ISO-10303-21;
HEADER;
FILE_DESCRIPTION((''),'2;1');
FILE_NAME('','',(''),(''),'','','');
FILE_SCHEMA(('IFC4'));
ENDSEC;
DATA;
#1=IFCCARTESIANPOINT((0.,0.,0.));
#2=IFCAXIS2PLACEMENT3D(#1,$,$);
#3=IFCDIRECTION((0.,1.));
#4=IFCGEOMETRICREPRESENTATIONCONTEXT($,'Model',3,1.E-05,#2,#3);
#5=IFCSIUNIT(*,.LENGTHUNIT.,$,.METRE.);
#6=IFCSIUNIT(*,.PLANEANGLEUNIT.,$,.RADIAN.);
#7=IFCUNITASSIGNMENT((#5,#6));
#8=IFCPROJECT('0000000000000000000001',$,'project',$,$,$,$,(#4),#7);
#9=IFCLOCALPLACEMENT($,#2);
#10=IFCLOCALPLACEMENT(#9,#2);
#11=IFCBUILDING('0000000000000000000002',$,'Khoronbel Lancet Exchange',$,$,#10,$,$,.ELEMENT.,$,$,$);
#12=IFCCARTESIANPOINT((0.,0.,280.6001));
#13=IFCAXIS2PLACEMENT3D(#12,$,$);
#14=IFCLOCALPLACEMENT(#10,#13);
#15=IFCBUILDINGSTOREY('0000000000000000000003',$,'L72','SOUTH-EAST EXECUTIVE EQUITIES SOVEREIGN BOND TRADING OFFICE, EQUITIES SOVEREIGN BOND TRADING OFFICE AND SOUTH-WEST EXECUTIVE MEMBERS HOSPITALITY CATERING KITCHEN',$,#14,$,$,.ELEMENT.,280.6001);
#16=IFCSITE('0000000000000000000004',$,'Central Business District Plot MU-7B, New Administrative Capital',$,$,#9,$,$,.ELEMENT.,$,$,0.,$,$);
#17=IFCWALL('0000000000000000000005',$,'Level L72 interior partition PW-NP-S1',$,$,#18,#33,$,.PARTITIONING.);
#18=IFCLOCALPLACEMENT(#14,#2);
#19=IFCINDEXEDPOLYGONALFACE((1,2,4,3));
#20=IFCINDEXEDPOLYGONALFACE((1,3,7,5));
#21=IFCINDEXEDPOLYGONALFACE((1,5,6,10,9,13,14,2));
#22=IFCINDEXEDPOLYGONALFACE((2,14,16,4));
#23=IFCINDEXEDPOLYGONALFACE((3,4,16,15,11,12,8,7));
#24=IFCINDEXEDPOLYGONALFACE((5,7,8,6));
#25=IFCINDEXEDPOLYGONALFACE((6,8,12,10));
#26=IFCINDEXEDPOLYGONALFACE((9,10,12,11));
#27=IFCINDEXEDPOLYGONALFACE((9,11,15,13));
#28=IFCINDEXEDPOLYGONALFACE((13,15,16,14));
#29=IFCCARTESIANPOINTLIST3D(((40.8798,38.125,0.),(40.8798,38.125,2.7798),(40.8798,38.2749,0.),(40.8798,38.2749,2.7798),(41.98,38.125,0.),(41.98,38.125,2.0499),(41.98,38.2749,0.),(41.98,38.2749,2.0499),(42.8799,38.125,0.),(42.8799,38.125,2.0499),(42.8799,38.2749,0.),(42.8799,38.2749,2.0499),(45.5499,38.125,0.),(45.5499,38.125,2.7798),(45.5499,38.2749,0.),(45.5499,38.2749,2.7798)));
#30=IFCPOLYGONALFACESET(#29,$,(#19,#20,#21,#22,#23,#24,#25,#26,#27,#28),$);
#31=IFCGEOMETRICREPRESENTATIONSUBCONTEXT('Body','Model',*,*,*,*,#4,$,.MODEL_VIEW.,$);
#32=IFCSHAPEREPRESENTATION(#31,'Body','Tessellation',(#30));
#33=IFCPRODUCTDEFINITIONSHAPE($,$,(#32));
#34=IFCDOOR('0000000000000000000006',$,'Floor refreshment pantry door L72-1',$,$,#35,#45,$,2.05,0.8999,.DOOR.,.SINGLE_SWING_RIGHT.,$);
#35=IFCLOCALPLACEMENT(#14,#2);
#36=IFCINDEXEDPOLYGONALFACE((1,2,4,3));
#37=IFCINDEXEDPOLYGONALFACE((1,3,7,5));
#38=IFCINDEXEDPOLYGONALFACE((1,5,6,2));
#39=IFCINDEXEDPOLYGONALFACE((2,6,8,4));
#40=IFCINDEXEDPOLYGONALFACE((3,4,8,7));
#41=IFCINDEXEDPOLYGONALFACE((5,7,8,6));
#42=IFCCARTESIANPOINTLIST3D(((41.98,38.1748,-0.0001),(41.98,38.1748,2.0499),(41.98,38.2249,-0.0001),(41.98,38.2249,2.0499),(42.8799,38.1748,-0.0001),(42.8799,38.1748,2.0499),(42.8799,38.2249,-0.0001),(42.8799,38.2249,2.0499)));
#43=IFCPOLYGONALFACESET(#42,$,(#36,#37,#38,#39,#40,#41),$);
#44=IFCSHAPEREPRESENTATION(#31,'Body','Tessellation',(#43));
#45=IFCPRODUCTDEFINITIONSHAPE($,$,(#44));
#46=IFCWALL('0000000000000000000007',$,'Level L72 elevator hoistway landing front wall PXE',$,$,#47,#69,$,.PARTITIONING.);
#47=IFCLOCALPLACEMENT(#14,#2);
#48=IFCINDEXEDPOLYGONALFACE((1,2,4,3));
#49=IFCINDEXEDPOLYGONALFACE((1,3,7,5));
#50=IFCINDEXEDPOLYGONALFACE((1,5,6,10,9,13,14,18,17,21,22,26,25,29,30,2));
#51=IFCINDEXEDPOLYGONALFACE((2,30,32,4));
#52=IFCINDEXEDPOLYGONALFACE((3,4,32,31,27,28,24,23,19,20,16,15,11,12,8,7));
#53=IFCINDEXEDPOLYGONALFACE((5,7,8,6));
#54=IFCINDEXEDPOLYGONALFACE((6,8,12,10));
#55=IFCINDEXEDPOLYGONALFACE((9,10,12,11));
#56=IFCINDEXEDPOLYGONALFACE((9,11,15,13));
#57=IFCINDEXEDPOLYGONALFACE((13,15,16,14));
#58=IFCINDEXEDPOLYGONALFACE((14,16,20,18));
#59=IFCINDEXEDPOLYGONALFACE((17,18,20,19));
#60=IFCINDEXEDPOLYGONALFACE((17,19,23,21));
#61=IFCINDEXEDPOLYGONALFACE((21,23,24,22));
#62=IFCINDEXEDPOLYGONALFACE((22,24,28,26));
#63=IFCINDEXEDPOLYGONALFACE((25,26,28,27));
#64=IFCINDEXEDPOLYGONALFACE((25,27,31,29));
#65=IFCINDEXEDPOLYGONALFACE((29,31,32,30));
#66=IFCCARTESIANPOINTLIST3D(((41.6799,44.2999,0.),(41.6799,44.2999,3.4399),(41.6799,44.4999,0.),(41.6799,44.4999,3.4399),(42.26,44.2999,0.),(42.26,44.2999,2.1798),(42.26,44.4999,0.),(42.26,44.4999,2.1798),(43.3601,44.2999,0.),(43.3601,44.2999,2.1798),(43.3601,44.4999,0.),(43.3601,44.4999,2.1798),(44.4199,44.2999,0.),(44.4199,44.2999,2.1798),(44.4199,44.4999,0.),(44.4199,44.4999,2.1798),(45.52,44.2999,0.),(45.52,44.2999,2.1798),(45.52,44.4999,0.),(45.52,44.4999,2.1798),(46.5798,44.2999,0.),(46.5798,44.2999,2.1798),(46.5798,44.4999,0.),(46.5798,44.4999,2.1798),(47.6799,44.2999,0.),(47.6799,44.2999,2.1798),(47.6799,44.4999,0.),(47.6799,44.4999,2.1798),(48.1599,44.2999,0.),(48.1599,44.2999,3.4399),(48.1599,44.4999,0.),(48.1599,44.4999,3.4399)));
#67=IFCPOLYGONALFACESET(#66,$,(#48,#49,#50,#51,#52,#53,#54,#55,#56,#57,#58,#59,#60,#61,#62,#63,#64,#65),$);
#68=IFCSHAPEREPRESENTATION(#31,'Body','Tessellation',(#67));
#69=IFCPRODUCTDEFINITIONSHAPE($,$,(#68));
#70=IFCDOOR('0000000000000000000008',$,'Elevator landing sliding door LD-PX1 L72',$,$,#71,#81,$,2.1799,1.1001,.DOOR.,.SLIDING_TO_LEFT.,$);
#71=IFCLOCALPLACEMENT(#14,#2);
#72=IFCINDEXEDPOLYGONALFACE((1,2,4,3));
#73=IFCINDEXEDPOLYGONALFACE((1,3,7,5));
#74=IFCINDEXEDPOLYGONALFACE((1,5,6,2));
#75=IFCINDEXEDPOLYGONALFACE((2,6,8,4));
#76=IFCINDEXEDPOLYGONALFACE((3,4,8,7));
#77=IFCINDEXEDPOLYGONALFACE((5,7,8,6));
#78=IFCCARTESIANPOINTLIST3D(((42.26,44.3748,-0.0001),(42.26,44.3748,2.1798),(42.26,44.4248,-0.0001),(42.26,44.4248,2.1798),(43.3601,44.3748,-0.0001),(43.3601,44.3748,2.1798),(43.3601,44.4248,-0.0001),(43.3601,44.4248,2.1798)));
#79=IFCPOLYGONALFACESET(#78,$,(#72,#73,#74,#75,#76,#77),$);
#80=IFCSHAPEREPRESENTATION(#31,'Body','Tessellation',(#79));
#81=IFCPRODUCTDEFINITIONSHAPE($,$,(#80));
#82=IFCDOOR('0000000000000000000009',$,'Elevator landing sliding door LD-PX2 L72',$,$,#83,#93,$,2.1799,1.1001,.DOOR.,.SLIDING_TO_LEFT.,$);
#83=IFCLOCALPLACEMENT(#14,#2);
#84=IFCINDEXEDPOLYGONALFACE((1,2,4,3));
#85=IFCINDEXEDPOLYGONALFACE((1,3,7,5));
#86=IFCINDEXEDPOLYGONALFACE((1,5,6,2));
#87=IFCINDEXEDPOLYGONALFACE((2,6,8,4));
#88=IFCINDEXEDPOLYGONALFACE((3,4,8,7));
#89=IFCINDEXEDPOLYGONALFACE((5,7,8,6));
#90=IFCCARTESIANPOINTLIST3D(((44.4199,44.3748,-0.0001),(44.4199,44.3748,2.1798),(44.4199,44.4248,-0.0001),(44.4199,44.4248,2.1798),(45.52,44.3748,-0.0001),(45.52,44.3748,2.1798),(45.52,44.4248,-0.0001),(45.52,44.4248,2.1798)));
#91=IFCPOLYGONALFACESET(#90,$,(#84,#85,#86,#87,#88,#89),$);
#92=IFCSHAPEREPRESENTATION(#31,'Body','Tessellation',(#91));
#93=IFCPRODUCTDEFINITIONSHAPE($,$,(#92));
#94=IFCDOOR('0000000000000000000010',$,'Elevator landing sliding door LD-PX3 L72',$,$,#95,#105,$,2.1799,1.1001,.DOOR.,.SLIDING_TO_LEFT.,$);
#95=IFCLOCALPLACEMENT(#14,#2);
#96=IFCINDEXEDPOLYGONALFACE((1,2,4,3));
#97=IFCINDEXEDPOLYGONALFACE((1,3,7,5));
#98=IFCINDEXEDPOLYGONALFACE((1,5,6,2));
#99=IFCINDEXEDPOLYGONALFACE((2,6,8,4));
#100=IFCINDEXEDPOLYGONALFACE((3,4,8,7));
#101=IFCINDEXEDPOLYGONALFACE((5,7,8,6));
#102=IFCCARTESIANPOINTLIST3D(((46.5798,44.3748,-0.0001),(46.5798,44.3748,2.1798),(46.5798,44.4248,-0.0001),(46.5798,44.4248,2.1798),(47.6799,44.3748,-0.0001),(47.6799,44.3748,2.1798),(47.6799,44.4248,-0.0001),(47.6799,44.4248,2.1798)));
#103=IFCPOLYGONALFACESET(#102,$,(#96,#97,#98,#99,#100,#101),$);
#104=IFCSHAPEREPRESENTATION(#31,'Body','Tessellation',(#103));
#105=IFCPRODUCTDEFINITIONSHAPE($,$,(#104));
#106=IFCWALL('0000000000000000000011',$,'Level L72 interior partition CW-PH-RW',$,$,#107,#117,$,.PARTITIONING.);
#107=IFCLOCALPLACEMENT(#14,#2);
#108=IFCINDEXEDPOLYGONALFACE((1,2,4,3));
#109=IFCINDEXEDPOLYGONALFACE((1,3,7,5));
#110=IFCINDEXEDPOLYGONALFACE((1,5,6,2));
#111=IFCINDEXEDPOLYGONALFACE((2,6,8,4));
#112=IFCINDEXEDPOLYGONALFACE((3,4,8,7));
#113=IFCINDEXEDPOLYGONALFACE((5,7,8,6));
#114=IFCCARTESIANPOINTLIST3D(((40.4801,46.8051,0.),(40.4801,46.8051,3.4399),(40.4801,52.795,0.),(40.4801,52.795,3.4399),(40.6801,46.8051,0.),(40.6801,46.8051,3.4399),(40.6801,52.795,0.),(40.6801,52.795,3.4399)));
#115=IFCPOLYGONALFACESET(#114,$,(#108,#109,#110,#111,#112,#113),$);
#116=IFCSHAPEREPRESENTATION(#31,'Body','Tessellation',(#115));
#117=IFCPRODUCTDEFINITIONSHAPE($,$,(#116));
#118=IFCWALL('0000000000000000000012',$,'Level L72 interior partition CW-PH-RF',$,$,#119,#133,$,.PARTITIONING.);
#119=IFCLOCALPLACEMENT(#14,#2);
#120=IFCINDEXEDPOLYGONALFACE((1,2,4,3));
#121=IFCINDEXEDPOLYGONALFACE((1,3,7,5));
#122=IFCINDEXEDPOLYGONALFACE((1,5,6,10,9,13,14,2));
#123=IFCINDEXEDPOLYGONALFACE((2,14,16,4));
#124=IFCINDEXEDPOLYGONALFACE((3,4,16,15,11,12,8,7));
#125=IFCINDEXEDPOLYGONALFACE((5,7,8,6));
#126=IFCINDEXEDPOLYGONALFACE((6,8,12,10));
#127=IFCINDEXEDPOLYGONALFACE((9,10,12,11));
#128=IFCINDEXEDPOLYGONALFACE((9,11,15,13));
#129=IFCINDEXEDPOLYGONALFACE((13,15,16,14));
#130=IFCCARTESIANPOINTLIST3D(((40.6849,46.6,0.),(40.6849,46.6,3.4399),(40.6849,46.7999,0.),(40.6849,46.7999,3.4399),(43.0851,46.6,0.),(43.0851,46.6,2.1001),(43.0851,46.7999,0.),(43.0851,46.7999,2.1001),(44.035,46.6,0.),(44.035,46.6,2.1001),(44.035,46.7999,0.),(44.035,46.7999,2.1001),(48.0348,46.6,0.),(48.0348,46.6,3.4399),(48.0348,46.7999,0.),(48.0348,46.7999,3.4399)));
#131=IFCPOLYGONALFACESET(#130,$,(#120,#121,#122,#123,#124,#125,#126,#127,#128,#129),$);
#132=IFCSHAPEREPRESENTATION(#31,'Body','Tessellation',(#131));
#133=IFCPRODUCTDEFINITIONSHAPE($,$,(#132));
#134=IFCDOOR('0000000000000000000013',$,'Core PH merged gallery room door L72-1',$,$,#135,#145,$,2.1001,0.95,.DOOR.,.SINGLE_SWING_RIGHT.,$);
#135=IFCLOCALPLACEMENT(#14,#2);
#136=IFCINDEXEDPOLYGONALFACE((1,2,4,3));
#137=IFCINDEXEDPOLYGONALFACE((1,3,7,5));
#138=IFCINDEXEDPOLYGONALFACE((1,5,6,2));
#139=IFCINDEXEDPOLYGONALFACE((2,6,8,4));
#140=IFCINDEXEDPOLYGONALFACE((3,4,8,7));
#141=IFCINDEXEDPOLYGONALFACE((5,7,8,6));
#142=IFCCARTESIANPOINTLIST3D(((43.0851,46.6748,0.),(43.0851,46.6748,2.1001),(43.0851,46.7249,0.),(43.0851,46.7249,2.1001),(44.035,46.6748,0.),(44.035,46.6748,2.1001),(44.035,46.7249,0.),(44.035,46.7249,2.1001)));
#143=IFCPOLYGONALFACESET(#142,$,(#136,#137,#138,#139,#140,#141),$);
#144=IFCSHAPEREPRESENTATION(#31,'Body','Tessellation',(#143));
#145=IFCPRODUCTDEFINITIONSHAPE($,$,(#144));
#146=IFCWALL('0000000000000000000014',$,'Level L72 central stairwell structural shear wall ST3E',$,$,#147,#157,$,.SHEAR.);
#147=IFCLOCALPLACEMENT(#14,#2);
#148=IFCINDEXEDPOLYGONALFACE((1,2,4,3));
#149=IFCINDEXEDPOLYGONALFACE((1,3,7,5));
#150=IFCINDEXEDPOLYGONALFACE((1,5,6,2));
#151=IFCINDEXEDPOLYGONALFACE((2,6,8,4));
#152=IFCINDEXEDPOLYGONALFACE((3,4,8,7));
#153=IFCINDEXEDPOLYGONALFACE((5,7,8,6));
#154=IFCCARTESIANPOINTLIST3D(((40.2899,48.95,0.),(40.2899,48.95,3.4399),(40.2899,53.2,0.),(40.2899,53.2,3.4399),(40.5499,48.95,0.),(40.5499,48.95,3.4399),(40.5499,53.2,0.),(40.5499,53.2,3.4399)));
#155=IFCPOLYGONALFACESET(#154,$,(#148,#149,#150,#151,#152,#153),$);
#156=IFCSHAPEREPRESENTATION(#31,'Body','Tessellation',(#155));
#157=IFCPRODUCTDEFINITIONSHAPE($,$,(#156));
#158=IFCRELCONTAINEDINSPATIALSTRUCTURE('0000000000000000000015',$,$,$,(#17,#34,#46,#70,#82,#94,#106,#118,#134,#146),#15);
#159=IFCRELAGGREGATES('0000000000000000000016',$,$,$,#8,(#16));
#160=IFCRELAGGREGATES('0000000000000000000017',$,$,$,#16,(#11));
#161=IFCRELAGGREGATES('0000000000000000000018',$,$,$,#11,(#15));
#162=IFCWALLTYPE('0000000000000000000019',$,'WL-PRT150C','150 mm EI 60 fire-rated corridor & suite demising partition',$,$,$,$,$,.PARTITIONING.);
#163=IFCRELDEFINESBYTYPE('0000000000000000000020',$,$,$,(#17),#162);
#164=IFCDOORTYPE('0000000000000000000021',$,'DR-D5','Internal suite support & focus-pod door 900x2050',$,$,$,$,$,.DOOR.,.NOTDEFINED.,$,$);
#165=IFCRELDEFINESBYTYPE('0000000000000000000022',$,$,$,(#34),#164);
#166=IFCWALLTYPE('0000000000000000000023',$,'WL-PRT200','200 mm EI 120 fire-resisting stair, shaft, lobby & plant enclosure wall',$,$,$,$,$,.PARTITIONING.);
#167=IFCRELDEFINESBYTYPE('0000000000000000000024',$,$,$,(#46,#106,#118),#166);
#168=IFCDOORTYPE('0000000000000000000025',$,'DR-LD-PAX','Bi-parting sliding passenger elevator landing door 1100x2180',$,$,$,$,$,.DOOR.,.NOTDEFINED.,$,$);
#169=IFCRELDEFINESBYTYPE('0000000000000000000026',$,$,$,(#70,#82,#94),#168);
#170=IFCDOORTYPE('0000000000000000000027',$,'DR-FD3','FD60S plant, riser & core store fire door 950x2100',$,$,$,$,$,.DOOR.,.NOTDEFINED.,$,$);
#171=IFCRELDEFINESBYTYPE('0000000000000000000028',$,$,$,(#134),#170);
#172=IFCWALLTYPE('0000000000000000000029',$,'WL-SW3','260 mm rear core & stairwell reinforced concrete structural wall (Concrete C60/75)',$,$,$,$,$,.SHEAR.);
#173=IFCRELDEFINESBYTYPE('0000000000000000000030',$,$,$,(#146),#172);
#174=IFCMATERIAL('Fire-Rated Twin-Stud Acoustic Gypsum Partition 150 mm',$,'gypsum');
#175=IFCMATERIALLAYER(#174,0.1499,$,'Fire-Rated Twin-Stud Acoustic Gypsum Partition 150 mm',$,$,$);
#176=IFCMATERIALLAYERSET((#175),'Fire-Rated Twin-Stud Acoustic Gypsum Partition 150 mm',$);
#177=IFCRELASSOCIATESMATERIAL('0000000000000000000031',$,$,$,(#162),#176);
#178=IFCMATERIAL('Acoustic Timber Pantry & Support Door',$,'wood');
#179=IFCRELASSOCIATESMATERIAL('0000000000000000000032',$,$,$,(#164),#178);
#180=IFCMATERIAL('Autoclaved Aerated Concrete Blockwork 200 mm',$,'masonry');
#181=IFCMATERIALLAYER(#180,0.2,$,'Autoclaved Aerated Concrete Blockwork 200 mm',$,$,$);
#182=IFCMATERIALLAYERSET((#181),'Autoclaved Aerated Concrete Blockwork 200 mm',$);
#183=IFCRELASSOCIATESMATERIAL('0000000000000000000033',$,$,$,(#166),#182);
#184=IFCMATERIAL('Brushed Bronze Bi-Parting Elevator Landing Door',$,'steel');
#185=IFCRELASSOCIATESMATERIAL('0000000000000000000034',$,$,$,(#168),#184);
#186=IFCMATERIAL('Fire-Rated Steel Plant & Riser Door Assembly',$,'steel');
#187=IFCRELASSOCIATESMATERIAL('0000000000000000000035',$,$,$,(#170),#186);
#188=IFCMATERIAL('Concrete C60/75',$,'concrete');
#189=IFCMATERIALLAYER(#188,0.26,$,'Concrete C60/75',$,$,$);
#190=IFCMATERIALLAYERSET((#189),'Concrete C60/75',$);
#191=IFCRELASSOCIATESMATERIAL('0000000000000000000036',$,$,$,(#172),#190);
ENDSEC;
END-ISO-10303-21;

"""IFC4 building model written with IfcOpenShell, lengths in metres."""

from ifc_helpers import new_model, si_unit, direction, frame, frame_2d, origin, place, context, subcontext, project, spatial, rectangle, extrude, material, layer, layer_set, type_object, element, fill, save


model = new_model("IFC4")

# Units and contexts
model_context = context("Model", 3, precision=1e-05, world=origin(), true_north=direction((0.0, 1.0)))
body_context = subcontext(model_context, "Body", "Model", "MODEL_VIEW")
ifc_project = project(units=[si_unit("LENGTHUNIT", "METRE"), si_unit("PLANEANGLEUNIT", "RADIAN")], contexts=[model_context])

# Site, building, storey
site_placement = place(None, origin())
site = spatial("IfcSite", under=ifc_project, at=site_placement, Name="Central Business District Plot MU-7B, New Administrative Capital", CompositionType="ELEMENT", RefElevation=0.0)
building_placement = place(site_placement, origin())
building = spatial("IfcBuilding", under=site, at=building_placement, Name="Khoronbel Lancet Exchange", CompositionType="ELEMENT")
storey_placement = place(building_placement, frame((0.0, 0.0, 280.6001)))
storey = spatial("IfcBuildingStorey", under=building, at=storey_placement, Name="L72", Description="SOUTH-EAST EXECUTIVE EQUITIES SOVEREIGN BOND TRADING OFFICE, EQUITIES SOVEREIGN BOND TRADING OFFICE AND SOUTH-WEST EXECUTIVE MEMBERS HOSPITALITY CATERING KITCHEN", CompositionType="ELEMENT", Elevation=280.6001)

# Shared definitions
ifc_material_1 = material(Name="Concrete C60/75", Category="concrete")

# Wall, opening, door
ifc_material_2 = material(Name="Fire-Rated Twin-Stud Acoustic Gypsum Partition 150 mm", Category="gypsum")
ifc_layer_1 = layer(ifc_material_2, 0.1499, Name="Fire-Rated Twin-Stud Acoustic Gypsum Partition 150 mm")
ifc_layer_set_1 = layer_set([ifc_layer_1], Name="Fire-Rated Twin-Stud Acoustic Gypsum Partition 150 mm")
wall_type_1 = type_object("IfcWallType", Name="WL-PRT150C", Description="150 mm EI 60 fire-rated corridor & suite demising partition", PredefinedType="PARTITIONING", material=ifc_layer_set_1)
wall_1_placement = place(storey_placement, frame((40.8799, 38.2, 0.0), z_axis=(0.0, 0.0, 1.0), x_axis=(1.0, 0.0, 0.0)))
wall_1 = element("IfcWall", 1, at=wall_1_placement, inside=storey, type_object=wall_type_1, Name="Level L72 interior partition PW-NP-S1", PredefinedType="PARTITIONING", context=body_context, shape_type="SweptSolid", body=[
    extrude(rectangle(XDim=4.6702, YDim=0.1499, at=frame_2d((2.335, 0.0))), origin(), (0.0, 0.0, 1.0), 2.7798),
])
opening_1_placement = place(wall_1_placement, frame((1.1001, 0.0, 0.0)))
opening_1 = element("IfcOpeningElement", 2, at=opening_1_placement, cuts=wall_1, PredefinedType="OPENING", context=body_context, shape_type="SweptSolid", body=[
    extrude(rectangle(XDim=0.8999, YDim=2.05, at=frame_2d((0.45, 1.0249))), frame((0.0, 0.085, 0.0), z_axis=(0.0, -1.0, 0.0), x_axis=(1.0, 0.0, 0.0)), (0.0, 0.0, 1.0), 0.1699),
])
ifc_material_3 = material(Name="Acoustic Timber Pantry & Support Door", Category="wood")
door_type_1 = type_object("IfcDoorType", Name="DR-D5", Description="Internal suite support & focus-pod door 900x2050", OperationType="NOTDEFINED", PredefinedType="DOOR", material=ifc_material_3)
door_1_placement = place(opening_1_placement, origin())
door_1 = element("IfcDoor", 3, at=door_1_placement, inside=storey, type_object=door_type_1, Name="Floor refreshment pantry door L72-1", OperationType="SINGLE_SWING_RIGHT", OverallHeight=2.05, OverallWidth=0.8999, PredefinedType="DOOR", context=body_context, shape_type="SweptSolid", body=[
    extrude(rectangle(XDim=0.8999, YDim=2.05, at=frame_2d((0.45, 1.0249))), frame((0.0, 0.0249, 0.0), z_axis=(0.0, -1.0, 0.0), x_axis=(1.0, 0.0, 0.0)), (0.0, 0.0, 1.0), 0.05),
])
fill(opening_1, door_1)

# Wall, openings, doors
ifc_material_4 = material(Name="Autoclaved Aerated Concrete Blockwork 200 mm", Category="masonry")
ifc_layer_2 = layer(ifc_material_4, 0.2, Name="Autoclaved Aerated Concrete Blockwork 200 mm")
ifc_layer_set_2 = layer_set([ifc_layer_2], Name="Autoclaved Aerated Concrete Blockwork 200 mm")
wall_type_2 = type_object("IfcWallType", Name="WL-PRT200", Description="200 mm EI 120 fire-resisting stair, shaft, lobby & plant enclosure wall", PredefinedType="PARTITIONING", material=ifc_layer_set_2)
wall_2_placement = place(storey_placement, frame((41.6799, 44.3999, 0.0), z_axis=(0.0, 0.0, 1.0), x_axis=(1.0, 0.0, 0.0)))
wall_2 = element("IfcWall", 4, at=wall_2_placement, inside=storey, type_object=wall_type_2, Name="Level L72 elevator hoistway landing front wall PXE", PredefinedType="PARTITIONING", context=body_context, shape_type="SweptSolid", body=[
    extrude(rectangle(XDim=6.48, YDim=0.2, at=frame_2d((3.24, 0.0))), origin(), (0.0, 0.0, 1.0), 3.4399),
])
opening_2_placement = place(wall_2_placement, frame((0.5801, 0.0, 0.0)))
opening_2 = element("IfcOpeningElement", 5, at=opening_2_placement, cuts=wall_2, PredefinedType="OPENING", context=body_context, shape_type="SweptSolid", body=[
    extrude(rectangle(XDim=1.1001, YDim=2.1799, at=frame_2d((0.55, 1.0898))), frame((0.0, 0.1099, 0.0), z_axis=(0.0, -1.0, 0.0), x_axis=(1.0, 0.0, 0.0)), (0.0, 0.0, 1.0), 0.22),
])
opening_3_placement = place(wall_2_placement, frame((2.74, 0.0, 0.0)))
opening_3 = element("IfcOpeningElement", 6, at=opening_3_placement, cuts=wall_2, PredefinedType="OPENING", context=body_context, shape_type="SweptSolid", body=[
    extrude(rectangle(XDim=1.1001, YDim=2.1799, at=frame_2d((0.55, 1.0898))), frame((0.0, 0.1099, 0.0), z_axis=(0.0, -1.0, 0.0), x_axis=(1.0, 0.0, 0.0)), (0.0, 0.0, 1.0), 0.22),
])
opening_4_placement = place(wall_2_placement, frame((4.8999, 0.0, 0.0)))
opening_4 = element("IfcOpeningElement", 7, at=opening_4_placement, cuts=wall_2, PredefinedType="OPENING", context=body_context, shape_type="SweptSolid", body=[
    extrude(rectangle(XDim=1.1001, YDim=2.1799, at=frame_2d((0.55, 1.0898))), frame((0.0, 0.1099, 0.0), z_axis=(0.0, -1.0, 0.0), x_axis=(1.0, 0.0, 0.0)), (0.0, 0.0, 1.0), 0.22),
])
ifc_material_5 = material(Name="Brushed Bronze Bi-Parting Elevator Landing Door", Category="steel")
door_type_2 = type_object("IfcDoorType", Name="DR-LD-PAX", Description="Bi-parting sliding passenger elevator landing door 1100x2180", OperationType="NOTDEFINED", PredefinedType="DOOR", material=ifc_material_5)
door_2_placement = place(opening_2_placement, origin())
door_2 = element("IfcDoor", 8, at=door_2_placement, inside=storey, type_object=door_type_2, Name="Elevator landing sliding door LD-PX1 L72", OperationType="SLIDING_TO_LEFT", OverallHeight=2.1799, OverallWidth=1.1001, PredefinedType="DOOR", context=body_context, shape_type="SweptSolid", body=[
    extrude(rectangle(XDim=1.1001, YDim=2.1799, at=frame_2d((0.55, 1.0898))), frame((0.0, 0.0249, 0.0), z_axis=(0.0, -1.0, 0.0), x_axis=(1.0, 0.0, 0.0)), (0.0, 0.0, 1.0), 0.05),
])
fill(opening_2, door_2)
door_3_placement = place(opening_3_placement, origin())
door_3 = element("IfcDoor", 9, at=door_3_placement, inside=storey, type_object=door_type_2, Name="Elevator landing sliding door LD-PX2 L72", OperationType="SLIDING_TO_LEFT", OverallHeight=2.1799, OverallWidth=1.1001, PredefinedType="DOOR", context=body_context, shape_type="SweptSolid", body=[
    extrude(rectangle(XDim=1.1001, YDim=2.1799, at=frame_2d((0.55, 1.0898))), frame((0.0, 0.0249, 0.0), z_axis=(0.0, -1.0, 0.0), x_axis=(1.0, 0.0, 0.0)), (0.0, 0.0, 1.0), 0.05),
])
fill(opening_3, door_3)
door_4_placement = place(opening_4_placement, origin())
door_4 = element("IfcDoor", 10, at=door_4_placement, inside=storey, type_object=door_type_2, Name="Elevator landing sliding door LD-PX3 L72", OperationType="SLIDING_TO_LEFT", OverallHeight=2.1799, OverallWidth=1.1001, PredefinedType="DOOR", context=body_context, shape_type="SweptSolid", body=[
    extrude(rectangle(XDim=1.1001, YDim=2.1799, at=frame_2d((0.55, 1.0898))), frame((0.0, 0.0249, 0.0), z_axis=(0.0, -1.0, 0.0), x_axis=(1.0, 0.0, 0.0)), (0.0, 0.0, 1.0), 0.05),
])
fill(opening_4, door_4)

# Wall
wall_3_placement = place(storey_placement, frame((40.5801, 46.8049, 0.0), z_axis=(0.0, 0.0, 1.0), x_axis=(0.0, 1.0, 0.0)))
element("IfcWall", 11, at=wall_3_placement, inside=storey, type_object=wall_type_2, Name="Level L72 interior partition CW-PH-RW", PredefinedType="PARTITIONING", context=body_context, shape_type="SweptSolid", body=[
    extrude(rectangle(XDim=5.99, YDim=0.2, at=frame_2d((2.9951, 0.0))), origin(), (0.0, 0.0, 1.0), 3.4399),
])

# Wall, opening, door
wall_4_placement = place(storey_placement, frame((40.6851, 46.7, 0.0), z_axis=(0.0, 0.0, 1.0), x_axis=(1.0, 0.0, 0.0)))
wall_4 = element("IfcWall", 12, at=wall_4_placement, inside=storey, type_object=wall_type_2, Name="Level L72 interior partition CW-PH-RF", PredefinedType="PARTITIONING", context=body_context, shape_type="SweptSolid", body=[
    extrude(rectangle(XDim=7.3499, YDim=0.2, at=frame_2d((3.6748, 0.0))), origin(), (0.0, 0.0, 1.0), 3.4399),
])
opening_5_placement = place(wall_4_placement, frame((2.3999, 0.0, 0.0)))
opening_5 = element("IfcOpeningElement", 13, at=opening_5_placement, cuts=wall_4, PredefinedType="OPENING", context=body_context, shape_type="SweptSolid", body=[
    extrude(rectangle(XDim=0.95, YDim=2.1001, at=frame_2d((0.4751, 1.05))), frame((0.0, 0.1099, 0.0), z_axis=(0.0, -1.0, 0.0), x_axis=(1.0, 0.0, 0.0)), (0.0, 0.0, 1.0), 0.22),
])
ifc_material_6 = material(Name="Fire-Rated Steel Plant & Riser Door Assembly", Category="steel")
door_type_3 = type_object("IfcDoorType", Name="DR-FD3", Description="FD60S plant, riser & core store fire door 950x2100", OperationType="NOTDEFINED", PredefinedType="DOOR", material=ifc_material_6)
door_5_placement = place(opening_5_placement, origin())
door_5 = element("IfcDoor", 14, at=door_5_placement, inside=storey, type_object=door_type_3, Name="Core PH merged gallery room door L72-1", OperationType="SINGLE_SWING_RIGHT", OverallHeight=2.1001, OverallWidth=0.95, PredefinedType="DOOR", context=body_context, shape_type="SweptSolid", body=[
    extrude(rectangle(XDim=0.95, YDim=2.1001, at=frame_2d((0.4751, 1.05))), frame((0.0, 0.0249, 0.0), z_axis=(0.0, -1.0, 0.0), x_axis=(1.0, 0.0, 0.0)), (0.0, 0.0, 1.0), 0.05),
])
fill(opening_5, door_5)

# Wall
ifc_layer_3 = layer(ifc_material_1, 0.26, Name="Concrete C60/75")
ifc_layer_set_3 = layer_set([ifc_layer_3], Name="Concrete C60/75")
wall_type_3 = type_object("IfcWallType", Name="WL-SW3", Description="260 mm rear core & stairwell reinforced concrete structural wall (Concrete C60/75)", PredefinedType="SHEAR", material=ifc_layer_set_3)
wall_5_placement = place(storey_placement, frame((40.4199, 48.95, 0.0), z_axis=(0.0, 0.0, 1.0), x_axis=(0.0, 1.0, 0.0)))
element("IfcWall", 15, at=wall_5_placement, inside=storey, type_object=wall_type_3, Name="Level L72 central stairwell structural shear wall ST3E", PredefinedType="SHEAR", context=body_context, shape_type="SweptSolid", body=[
    extrude(rectangle(XDim=4.25, YDim=0.26, at=frame_2d((2.125, 0.0))), origin(), (0.0, 0.0, 1.0), 3.4399),
])

save(model, "model.ifc")
